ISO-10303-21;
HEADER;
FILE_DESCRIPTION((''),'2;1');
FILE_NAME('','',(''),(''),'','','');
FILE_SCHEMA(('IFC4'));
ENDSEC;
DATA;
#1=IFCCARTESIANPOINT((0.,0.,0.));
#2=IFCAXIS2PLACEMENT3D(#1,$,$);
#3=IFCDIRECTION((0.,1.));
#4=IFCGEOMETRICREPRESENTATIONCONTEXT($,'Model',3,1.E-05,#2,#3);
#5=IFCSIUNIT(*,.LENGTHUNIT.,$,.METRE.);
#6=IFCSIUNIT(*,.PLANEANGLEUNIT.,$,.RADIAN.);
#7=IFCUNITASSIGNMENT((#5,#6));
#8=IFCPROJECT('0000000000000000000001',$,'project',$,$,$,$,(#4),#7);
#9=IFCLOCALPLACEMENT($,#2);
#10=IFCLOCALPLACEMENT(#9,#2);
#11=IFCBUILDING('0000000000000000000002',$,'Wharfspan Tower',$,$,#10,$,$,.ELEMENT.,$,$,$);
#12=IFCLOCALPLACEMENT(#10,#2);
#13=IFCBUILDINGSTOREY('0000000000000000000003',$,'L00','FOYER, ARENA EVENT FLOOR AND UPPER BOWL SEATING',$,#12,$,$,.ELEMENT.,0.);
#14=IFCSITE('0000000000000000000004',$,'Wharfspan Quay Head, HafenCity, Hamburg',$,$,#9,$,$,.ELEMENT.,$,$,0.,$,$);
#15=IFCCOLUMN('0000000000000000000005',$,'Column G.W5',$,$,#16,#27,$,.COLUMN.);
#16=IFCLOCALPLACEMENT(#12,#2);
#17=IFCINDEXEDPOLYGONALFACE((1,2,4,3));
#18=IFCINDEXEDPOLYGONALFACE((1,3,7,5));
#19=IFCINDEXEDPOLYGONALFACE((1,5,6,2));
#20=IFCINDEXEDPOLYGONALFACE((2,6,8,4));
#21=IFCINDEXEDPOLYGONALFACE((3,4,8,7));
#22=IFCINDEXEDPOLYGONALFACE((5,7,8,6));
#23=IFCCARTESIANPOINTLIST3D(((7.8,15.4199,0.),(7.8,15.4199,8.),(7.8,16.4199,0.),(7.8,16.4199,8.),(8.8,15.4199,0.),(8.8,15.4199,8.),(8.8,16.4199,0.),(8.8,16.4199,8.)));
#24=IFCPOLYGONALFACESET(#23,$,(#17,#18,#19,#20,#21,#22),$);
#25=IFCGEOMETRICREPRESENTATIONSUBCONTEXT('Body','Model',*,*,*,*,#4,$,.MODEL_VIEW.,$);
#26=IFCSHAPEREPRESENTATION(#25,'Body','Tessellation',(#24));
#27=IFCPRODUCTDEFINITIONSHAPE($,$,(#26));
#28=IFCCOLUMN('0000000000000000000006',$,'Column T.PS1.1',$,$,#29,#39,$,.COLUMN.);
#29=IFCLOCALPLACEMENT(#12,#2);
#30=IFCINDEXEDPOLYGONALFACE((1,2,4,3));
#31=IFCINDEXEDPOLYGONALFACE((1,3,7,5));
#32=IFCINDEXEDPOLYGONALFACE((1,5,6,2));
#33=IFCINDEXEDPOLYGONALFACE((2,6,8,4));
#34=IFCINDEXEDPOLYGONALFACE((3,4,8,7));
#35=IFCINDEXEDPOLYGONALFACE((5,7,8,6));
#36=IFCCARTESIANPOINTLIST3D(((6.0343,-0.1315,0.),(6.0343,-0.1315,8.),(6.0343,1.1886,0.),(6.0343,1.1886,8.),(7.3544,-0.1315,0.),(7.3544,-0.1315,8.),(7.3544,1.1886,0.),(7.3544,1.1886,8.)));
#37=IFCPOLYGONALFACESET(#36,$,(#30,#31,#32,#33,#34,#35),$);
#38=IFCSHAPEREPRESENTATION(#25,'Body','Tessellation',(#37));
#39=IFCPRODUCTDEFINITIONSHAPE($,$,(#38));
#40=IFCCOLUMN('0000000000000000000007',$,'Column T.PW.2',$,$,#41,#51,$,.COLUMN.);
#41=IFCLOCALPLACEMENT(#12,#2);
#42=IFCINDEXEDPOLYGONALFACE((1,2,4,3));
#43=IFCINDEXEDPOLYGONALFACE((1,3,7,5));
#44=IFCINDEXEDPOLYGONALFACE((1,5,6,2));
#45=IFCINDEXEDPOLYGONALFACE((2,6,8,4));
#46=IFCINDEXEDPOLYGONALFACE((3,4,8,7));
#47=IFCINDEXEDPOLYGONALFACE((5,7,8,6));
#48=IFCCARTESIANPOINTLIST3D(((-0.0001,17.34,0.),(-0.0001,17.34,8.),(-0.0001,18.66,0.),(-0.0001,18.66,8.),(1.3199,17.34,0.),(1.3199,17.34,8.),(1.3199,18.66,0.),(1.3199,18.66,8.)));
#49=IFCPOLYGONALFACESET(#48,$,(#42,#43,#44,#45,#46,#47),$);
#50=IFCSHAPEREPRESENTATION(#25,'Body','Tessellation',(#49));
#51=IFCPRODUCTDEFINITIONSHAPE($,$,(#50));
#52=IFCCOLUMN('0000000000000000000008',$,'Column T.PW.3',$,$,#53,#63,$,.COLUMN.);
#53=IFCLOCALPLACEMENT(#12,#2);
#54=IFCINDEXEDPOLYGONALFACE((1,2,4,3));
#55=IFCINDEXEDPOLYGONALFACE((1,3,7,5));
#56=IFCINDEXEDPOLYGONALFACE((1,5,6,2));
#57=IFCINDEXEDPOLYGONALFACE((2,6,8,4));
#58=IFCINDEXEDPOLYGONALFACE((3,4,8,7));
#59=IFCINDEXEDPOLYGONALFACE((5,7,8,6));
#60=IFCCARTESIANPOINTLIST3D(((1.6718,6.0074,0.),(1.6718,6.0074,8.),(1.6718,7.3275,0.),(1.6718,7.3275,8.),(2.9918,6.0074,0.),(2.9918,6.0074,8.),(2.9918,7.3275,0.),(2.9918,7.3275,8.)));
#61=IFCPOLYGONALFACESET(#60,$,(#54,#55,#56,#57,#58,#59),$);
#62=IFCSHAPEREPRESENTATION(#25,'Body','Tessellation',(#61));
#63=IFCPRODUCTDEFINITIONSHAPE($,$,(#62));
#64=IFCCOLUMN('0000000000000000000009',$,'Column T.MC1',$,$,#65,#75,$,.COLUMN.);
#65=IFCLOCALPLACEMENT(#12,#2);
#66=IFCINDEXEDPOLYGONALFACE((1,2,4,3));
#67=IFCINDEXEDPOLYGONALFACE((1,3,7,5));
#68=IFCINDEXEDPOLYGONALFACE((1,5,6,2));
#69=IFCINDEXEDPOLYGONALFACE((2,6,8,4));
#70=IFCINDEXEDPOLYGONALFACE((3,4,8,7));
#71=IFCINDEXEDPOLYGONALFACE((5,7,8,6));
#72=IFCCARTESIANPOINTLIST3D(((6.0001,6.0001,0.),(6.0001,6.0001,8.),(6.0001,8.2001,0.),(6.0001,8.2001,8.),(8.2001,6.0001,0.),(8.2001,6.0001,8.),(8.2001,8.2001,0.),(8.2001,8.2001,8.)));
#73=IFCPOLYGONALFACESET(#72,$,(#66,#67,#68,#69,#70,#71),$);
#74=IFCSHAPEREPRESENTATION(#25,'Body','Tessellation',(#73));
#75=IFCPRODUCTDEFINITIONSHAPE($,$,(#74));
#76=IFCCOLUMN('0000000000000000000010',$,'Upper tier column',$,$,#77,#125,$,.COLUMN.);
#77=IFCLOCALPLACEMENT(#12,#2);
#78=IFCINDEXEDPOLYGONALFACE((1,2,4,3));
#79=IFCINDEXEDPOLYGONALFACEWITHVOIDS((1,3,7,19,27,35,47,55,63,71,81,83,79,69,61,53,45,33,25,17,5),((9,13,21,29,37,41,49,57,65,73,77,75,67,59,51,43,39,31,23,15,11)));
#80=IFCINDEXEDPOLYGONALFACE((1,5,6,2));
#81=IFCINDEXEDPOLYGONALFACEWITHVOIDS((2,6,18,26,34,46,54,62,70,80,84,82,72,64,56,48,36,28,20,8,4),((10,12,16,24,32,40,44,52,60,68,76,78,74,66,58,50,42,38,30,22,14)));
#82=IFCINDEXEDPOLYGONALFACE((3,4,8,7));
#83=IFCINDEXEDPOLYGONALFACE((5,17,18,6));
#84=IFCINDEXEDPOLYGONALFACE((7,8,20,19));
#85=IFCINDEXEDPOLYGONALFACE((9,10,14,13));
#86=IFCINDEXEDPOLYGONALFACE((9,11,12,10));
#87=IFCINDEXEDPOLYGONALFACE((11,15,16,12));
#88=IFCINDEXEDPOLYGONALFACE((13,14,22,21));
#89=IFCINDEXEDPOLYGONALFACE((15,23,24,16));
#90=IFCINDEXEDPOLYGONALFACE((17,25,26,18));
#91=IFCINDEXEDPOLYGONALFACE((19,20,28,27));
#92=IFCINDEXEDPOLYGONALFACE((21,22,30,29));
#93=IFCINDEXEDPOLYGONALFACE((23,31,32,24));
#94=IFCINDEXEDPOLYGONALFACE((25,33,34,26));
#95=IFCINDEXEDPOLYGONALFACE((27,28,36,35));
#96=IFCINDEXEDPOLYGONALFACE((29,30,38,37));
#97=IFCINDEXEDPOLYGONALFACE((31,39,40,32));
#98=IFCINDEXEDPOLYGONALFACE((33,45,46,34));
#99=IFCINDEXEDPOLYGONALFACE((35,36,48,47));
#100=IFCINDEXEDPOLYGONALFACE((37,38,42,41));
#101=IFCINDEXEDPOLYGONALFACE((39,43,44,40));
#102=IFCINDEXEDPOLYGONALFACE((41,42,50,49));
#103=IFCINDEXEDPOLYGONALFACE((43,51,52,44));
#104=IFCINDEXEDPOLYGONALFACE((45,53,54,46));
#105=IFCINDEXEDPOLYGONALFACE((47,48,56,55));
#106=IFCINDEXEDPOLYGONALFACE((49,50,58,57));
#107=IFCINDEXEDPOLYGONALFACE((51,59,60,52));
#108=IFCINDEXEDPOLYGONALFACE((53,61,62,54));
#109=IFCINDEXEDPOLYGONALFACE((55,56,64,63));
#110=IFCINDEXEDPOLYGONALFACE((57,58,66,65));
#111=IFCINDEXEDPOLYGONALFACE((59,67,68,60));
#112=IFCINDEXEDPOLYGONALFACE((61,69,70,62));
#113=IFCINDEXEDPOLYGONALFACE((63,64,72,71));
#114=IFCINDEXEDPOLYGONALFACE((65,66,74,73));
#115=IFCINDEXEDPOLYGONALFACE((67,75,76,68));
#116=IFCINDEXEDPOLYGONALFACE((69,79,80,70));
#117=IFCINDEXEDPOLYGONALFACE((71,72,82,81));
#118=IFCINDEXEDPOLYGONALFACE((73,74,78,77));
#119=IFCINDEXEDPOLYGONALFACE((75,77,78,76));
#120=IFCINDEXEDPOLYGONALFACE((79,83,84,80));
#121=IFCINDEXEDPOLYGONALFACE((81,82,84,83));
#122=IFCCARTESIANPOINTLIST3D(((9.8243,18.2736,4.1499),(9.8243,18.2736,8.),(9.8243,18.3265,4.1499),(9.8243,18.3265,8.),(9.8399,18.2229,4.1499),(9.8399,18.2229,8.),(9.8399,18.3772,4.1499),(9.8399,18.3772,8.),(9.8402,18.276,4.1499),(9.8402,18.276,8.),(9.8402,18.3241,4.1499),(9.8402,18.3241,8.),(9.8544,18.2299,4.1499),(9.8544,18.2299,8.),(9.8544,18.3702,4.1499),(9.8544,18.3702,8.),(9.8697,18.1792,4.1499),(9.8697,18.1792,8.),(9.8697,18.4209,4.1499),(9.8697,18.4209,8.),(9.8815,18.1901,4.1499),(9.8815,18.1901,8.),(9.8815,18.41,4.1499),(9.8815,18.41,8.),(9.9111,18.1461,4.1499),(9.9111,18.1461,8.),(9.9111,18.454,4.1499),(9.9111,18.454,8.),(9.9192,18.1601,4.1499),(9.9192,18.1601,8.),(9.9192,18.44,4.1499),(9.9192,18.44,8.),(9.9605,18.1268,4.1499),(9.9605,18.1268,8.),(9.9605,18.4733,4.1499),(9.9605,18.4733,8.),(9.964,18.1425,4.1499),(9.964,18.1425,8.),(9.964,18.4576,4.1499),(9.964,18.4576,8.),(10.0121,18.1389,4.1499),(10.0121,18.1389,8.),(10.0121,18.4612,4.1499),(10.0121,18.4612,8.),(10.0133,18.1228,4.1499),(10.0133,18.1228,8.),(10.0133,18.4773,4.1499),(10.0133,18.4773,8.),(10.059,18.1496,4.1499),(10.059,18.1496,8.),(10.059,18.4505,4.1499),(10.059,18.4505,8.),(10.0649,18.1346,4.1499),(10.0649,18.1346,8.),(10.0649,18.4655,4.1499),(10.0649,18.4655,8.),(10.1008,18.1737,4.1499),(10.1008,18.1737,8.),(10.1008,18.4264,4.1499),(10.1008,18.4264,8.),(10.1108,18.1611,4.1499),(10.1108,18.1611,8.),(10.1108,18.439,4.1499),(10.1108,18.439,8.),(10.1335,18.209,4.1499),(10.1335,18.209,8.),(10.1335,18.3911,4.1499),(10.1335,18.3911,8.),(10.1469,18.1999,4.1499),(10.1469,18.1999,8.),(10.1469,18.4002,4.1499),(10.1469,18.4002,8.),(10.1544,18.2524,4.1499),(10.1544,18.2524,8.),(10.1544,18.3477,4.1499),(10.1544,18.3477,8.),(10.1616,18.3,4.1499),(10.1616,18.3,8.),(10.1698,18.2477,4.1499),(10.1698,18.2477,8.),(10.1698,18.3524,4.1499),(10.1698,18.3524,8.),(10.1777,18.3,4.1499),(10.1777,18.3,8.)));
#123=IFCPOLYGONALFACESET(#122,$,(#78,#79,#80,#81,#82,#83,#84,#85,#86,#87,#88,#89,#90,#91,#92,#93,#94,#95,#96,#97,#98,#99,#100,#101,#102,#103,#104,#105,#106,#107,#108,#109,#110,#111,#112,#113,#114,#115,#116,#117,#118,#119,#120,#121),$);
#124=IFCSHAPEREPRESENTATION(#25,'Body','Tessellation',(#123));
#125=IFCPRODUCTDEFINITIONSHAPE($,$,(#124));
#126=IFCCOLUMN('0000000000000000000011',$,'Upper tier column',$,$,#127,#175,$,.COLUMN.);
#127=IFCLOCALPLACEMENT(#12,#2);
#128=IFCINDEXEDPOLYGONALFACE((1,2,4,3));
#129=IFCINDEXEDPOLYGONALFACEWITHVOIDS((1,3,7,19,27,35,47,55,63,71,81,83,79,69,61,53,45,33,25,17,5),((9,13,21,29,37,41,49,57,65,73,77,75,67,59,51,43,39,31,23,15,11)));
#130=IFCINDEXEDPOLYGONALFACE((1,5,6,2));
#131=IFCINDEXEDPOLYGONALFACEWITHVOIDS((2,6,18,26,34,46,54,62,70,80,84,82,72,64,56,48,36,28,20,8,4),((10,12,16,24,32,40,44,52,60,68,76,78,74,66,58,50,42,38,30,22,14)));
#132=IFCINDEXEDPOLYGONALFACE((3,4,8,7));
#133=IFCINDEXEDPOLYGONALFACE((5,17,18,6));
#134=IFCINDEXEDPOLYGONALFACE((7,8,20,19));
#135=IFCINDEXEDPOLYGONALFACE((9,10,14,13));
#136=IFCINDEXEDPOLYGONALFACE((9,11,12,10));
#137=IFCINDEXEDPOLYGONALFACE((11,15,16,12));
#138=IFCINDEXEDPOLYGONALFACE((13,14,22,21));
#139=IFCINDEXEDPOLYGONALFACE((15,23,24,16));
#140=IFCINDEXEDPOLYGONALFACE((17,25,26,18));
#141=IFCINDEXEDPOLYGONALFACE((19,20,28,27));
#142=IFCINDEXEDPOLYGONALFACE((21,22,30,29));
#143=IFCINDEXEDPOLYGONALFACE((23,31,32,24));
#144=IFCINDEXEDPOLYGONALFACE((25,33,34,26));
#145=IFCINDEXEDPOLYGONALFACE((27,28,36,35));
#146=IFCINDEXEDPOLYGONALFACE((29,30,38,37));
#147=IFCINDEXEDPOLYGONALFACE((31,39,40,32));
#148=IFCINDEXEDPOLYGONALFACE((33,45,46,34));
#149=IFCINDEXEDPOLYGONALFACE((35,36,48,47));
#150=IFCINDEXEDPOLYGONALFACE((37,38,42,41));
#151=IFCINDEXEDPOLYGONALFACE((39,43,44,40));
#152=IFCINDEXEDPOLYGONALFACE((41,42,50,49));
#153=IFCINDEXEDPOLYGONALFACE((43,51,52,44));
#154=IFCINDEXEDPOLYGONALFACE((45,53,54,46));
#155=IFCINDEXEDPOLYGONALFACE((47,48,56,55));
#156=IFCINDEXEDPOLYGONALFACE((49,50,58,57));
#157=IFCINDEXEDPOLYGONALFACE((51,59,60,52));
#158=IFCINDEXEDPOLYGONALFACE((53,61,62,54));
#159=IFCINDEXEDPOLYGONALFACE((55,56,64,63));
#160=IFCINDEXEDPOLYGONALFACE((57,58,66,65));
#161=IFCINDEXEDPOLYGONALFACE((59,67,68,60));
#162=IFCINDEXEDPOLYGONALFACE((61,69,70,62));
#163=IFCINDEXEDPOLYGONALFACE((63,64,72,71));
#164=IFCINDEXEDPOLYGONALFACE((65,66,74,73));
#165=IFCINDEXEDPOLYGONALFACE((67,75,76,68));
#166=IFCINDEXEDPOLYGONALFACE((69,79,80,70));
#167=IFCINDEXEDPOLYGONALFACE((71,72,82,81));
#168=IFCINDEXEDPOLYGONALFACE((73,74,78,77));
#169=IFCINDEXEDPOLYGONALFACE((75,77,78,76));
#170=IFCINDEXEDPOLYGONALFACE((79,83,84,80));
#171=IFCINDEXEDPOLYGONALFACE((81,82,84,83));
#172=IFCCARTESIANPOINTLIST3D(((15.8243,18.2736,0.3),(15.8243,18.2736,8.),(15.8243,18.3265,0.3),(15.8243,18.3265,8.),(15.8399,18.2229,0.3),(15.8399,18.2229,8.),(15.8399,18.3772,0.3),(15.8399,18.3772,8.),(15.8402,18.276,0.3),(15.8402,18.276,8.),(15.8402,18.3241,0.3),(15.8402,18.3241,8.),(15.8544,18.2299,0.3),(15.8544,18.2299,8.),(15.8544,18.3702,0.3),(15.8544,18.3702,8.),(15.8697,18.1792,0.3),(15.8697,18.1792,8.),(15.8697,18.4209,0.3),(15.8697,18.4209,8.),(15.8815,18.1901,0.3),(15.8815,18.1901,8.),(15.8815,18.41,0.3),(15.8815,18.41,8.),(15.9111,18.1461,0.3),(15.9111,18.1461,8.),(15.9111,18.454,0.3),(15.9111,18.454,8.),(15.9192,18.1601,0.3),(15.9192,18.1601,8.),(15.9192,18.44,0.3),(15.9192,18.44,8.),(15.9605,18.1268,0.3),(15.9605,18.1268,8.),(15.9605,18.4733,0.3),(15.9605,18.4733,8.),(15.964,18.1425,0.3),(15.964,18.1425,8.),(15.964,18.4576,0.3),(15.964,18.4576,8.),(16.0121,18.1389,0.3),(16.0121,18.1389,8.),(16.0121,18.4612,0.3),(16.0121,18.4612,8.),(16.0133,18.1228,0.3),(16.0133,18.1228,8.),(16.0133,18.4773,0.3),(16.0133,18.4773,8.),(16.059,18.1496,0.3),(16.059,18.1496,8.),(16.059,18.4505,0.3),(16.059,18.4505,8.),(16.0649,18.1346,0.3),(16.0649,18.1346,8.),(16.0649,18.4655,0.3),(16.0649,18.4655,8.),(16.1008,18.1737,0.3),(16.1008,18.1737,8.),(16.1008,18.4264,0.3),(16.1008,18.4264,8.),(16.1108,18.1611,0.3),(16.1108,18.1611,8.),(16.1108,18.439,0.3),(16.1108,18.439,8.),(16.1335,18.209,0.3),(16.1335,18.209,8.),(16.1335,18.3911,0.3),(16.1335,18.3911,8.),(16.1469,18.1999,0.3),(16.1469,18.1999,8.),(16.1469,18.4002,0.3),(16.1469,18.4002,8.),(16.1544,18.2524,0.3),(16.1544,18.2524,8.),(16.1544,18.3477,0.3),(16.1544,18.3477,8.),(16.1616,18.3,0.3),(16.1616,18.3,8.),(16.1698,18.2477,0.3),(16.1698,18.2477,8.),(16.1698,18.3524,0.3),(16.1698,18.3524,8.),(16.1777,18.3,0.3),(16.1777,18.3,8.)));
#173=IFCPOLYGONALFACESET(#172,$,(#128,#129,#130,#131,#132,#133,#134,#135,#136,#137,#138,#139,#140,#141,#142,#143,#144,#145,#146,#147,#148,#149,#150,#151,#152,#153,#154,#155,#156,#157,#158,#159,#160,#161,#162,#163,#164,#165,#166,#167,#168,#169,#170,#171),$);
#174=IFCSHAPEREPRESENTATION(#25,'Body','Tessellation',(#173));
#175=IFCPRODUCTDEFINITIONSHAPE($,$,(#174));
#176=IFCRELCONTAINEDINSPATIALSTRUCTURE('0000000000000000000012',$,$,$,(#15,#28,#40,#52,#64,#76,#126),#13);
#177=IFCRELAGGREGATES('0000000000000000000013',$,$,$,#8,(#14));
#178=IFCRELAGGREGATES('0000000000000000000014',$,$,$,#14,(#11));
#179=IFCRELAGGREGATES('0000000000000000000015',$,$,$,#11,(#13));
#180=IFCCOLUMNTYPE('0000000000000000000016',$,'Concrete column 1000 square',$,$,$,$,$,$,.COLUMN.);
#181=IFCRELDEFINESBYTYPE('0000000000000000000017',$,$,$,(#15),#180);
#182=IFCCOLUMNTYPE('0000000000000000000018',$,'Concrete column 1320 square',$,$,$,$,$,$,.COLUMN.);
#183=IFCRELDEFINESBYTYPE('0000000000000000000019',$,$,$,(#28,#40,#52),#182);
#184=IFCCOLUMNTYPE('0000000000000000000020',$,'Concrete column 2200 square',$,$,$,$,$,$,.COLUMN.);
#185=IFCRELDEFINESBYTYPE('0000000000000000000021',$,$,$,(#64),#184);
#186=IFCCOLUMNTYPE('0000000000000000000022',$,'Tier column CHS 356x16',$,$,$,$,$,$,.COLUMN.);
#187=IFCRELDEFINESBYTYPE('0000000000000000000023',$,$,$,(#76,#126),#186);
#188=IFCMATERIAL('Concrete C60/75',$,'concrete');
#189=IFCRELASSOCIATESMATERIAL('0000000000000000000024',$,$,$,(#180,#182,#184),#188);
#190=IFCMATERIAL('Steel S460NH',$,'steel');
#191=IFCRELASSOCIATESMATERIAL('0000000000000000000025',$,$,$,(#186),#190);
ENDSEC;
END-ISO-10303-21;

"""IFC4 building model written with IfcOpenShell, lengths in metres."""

from ifc_helpers import new_model, si_unit, direction, frame, origin, origin_2d, place, context, subcontext, project, spatial, rectangle, hollow_circle, extrude, material, material_profile, profile_set, type_object, element, save


model = new_model("IFC4")

# Units and contexts
model_context = context("Model", 3, precision=1e-05, world=origin(), true_north=direction((0.0, 1.0)))
body_context = subcontext(model_context, "Body", "Model", "MODEL_VIEW")
ifc_project = project(units=[si_unit("LENGTHUNIT", "METRE"), si_unit("PLANEANGLEUNIT", "RADIAN")], contexts=[model_context])

# Site, building, storey
site_placement = place(None, origin())
site = spatial("IfcSite", under=ifc_project, at=site_placement, Name="Wharfspan Quay Head, HafenCity, Hamburg", CompositionType="ELEMENT", RefElevation=0.0)
building_placement = place(site_placement, origin())
building = spatial("IfcBuilding", under=site, at=building_placement, Name="Wharfspan Tower", CompositionType="ELEMENT")
storey_placement = place(building_placement, origin())
storey = spatial("IfcBuildingStorey", under=building, at=storey_placement, Name="L00", Description="FOYER, ARENA EVENT FLOOR AND UPPER BOWL SEATING", CompositionType="ELEMENT", Elevation=0.0)

# Columns
ifc_material_1 = material(Name="Concrete C60/75", Category="concrete")
ifc_material_profile_1 = material_profile(ifc_material_1, rectangle(XDim=1.0, YDim=1.0, at=origin_2d()))
ifc_profile_set_1 = profile_set([ifc_material_profile_1], Name="Concrete C60/75")
column_type_1 = type_object("IfcColumnType", Name="Concrete column 1000 square", PredefinedType="COLUMN", material=ifc_profile_set_1)
column_1_placement = place(storey_placement, frame((8.3, 15.9199, 0.0), z_axis=(0.0, 0.0, 1.0), x_axis=(1.0, 0.0, 0.0)))
element("IfcColumn", 1, at=column_1_placement, inside=storey, type_object=column_type_1, Name="Column G.W5", PredefinedType="COLUMN", context=body_context, shape_type="SweptSolid", body=[
    extrude(rectangle(XDim=1.0, YDim=1.0, at=origin_2d()), origin(), (0.0, 0.0, 1.0), 8.0),
])
ifc_material_profile_2 = material_profile(ifc_material_1, rectangle(XDim=1.3201, YDim=1.3201, at=origin_2d()))
ifc_profile_set_2 = profile_set([ifc_material_profile_2], Name="Concrete C60/75")
column_type_2 = type_object("IfcColumnType", Name="Concrete column 1320 square", PredefinedType="COLUMN", material=ifc_profile_set_2)
for number, where, z_axis, x_axis, name in (
    (2, (6.6943, 0.5286, 0.0), (0.0, 0.0, 1.0), (1.0, 0.0, 0.0), "Column T.PS1.1"),
    (3, (0.6599, 18.0, 0.0), (0.0, 0.0, 1.0), (1.0, 0.0, 0.0), "Column T.PW.2"),
    (4, (2.3318, 6.6675, 0.0), (0.0, 0.0, 1.0), (1.0, 0.0, 0.0), "Column T.PW.3"),
):
    element("IfcColumn", number, at=place(storey_placement, frame(where, z_axis=z_axis, x_axis=x_axis)), inside=storey, type_object=column_type_2, Name=name, PredefinedType="COLUMN", context=body_context, shape_type="SweptSolid", body=[
        extrude(rectangle(XDim=1.3201, YDim=1.3201, at=origin_2d()), origin(), (0.0, 0.0, 1.0), 8.0),
    ])
ifc_material_profile_3 = material_profile(ifc_material_1, rectangle(XDim=2.2, YDim=2.2, at=origin_2d()))
ifc_profile_set_3 = profile_set([ifc_material_profile_3], Name="Concrete C60/75")
column_type_3 = type_object("IfcColumnType", Name="Concrete column 2200 square", PredefinedType="COLUMN", material=ifc_profile_set_3)
column_2_placement = place(storey_placement, frame((7.1001, 7.1001, 0.0), z_axis=(0.0, 0.0, 1.0), x_axis=(1.0, 0.0, 0.0)))
element("IfcColumn", 5, at=column_2_placement, inside=storey, type_object=column_type_3, Name="Column T.MC1", PredefinedType="COLUMN", context=body_context, shape_type="SweptSolid", body=[
    extrude(rectangle(XDim=2.2, YDim=2.2, at=origin_2d()), origin(), (0.0, 0.0, 1.0), 8.0),
])
ifc_material_2 = material(Name="Steel S460NH", Category="steel")
ifc_material_profile_4 = material_profile(ifc_material_2, hollow_circle(Radius=0.1777, WallThickness=0.0161, at=origin_2d()))
ifc_profile_set_4 = profile_set([ifc_material_profile_4], Name="Steel S460NH")
column_type_4 = type_object("IfcColumnType", Name="Tier column CHS 356x16", PredefinedType="COLUMN", material=ifc_profile_set_4)
column_3_placement = place(storey_placement, frame((10.0, 18.3, 4.1499), z_axis=(0.0, 0.0, 1.0), x_axis=(1.0, 0.0, 0.0)))
element("IfcColumn", 6, at=column_3_placement, inside=storey, type_object=column_type_4, Name="Upper tier column", PredefinedType="COLUMN", context=body_context, shape_type="SweptSolid", body=[
    extrude(hollow_circle(Radius=0.1777, WallThickness=0.0161, at=origin_2d()), origin(), (0.0, 0.0, 1.0), 3.8501),
])
for number, where, z_axis, x_axis, name in (
    (7, (16.0, 18.3, 0.3), (0.0, 0.0, 1.0), (1.0, 0.0, 0.0), "Upper tier column"),
):
    element("IfcColumn", number, at=place(storey_placement, frame(where, z_axis=z_axis, x_axis=x_axis)), inside=storey, type_object=column_type_4, Name=name, PredefinedType="COLUMN", context=body_context, shape_type="SweptSolid", body=[
        extrude(hollow_circle(Radius=0.1777, WallThickness=0.0161, at=origin_2d()), origin(), (0.0, 0.0, 1.0), 7.7),
    ])

save(model, "model.ifc")
